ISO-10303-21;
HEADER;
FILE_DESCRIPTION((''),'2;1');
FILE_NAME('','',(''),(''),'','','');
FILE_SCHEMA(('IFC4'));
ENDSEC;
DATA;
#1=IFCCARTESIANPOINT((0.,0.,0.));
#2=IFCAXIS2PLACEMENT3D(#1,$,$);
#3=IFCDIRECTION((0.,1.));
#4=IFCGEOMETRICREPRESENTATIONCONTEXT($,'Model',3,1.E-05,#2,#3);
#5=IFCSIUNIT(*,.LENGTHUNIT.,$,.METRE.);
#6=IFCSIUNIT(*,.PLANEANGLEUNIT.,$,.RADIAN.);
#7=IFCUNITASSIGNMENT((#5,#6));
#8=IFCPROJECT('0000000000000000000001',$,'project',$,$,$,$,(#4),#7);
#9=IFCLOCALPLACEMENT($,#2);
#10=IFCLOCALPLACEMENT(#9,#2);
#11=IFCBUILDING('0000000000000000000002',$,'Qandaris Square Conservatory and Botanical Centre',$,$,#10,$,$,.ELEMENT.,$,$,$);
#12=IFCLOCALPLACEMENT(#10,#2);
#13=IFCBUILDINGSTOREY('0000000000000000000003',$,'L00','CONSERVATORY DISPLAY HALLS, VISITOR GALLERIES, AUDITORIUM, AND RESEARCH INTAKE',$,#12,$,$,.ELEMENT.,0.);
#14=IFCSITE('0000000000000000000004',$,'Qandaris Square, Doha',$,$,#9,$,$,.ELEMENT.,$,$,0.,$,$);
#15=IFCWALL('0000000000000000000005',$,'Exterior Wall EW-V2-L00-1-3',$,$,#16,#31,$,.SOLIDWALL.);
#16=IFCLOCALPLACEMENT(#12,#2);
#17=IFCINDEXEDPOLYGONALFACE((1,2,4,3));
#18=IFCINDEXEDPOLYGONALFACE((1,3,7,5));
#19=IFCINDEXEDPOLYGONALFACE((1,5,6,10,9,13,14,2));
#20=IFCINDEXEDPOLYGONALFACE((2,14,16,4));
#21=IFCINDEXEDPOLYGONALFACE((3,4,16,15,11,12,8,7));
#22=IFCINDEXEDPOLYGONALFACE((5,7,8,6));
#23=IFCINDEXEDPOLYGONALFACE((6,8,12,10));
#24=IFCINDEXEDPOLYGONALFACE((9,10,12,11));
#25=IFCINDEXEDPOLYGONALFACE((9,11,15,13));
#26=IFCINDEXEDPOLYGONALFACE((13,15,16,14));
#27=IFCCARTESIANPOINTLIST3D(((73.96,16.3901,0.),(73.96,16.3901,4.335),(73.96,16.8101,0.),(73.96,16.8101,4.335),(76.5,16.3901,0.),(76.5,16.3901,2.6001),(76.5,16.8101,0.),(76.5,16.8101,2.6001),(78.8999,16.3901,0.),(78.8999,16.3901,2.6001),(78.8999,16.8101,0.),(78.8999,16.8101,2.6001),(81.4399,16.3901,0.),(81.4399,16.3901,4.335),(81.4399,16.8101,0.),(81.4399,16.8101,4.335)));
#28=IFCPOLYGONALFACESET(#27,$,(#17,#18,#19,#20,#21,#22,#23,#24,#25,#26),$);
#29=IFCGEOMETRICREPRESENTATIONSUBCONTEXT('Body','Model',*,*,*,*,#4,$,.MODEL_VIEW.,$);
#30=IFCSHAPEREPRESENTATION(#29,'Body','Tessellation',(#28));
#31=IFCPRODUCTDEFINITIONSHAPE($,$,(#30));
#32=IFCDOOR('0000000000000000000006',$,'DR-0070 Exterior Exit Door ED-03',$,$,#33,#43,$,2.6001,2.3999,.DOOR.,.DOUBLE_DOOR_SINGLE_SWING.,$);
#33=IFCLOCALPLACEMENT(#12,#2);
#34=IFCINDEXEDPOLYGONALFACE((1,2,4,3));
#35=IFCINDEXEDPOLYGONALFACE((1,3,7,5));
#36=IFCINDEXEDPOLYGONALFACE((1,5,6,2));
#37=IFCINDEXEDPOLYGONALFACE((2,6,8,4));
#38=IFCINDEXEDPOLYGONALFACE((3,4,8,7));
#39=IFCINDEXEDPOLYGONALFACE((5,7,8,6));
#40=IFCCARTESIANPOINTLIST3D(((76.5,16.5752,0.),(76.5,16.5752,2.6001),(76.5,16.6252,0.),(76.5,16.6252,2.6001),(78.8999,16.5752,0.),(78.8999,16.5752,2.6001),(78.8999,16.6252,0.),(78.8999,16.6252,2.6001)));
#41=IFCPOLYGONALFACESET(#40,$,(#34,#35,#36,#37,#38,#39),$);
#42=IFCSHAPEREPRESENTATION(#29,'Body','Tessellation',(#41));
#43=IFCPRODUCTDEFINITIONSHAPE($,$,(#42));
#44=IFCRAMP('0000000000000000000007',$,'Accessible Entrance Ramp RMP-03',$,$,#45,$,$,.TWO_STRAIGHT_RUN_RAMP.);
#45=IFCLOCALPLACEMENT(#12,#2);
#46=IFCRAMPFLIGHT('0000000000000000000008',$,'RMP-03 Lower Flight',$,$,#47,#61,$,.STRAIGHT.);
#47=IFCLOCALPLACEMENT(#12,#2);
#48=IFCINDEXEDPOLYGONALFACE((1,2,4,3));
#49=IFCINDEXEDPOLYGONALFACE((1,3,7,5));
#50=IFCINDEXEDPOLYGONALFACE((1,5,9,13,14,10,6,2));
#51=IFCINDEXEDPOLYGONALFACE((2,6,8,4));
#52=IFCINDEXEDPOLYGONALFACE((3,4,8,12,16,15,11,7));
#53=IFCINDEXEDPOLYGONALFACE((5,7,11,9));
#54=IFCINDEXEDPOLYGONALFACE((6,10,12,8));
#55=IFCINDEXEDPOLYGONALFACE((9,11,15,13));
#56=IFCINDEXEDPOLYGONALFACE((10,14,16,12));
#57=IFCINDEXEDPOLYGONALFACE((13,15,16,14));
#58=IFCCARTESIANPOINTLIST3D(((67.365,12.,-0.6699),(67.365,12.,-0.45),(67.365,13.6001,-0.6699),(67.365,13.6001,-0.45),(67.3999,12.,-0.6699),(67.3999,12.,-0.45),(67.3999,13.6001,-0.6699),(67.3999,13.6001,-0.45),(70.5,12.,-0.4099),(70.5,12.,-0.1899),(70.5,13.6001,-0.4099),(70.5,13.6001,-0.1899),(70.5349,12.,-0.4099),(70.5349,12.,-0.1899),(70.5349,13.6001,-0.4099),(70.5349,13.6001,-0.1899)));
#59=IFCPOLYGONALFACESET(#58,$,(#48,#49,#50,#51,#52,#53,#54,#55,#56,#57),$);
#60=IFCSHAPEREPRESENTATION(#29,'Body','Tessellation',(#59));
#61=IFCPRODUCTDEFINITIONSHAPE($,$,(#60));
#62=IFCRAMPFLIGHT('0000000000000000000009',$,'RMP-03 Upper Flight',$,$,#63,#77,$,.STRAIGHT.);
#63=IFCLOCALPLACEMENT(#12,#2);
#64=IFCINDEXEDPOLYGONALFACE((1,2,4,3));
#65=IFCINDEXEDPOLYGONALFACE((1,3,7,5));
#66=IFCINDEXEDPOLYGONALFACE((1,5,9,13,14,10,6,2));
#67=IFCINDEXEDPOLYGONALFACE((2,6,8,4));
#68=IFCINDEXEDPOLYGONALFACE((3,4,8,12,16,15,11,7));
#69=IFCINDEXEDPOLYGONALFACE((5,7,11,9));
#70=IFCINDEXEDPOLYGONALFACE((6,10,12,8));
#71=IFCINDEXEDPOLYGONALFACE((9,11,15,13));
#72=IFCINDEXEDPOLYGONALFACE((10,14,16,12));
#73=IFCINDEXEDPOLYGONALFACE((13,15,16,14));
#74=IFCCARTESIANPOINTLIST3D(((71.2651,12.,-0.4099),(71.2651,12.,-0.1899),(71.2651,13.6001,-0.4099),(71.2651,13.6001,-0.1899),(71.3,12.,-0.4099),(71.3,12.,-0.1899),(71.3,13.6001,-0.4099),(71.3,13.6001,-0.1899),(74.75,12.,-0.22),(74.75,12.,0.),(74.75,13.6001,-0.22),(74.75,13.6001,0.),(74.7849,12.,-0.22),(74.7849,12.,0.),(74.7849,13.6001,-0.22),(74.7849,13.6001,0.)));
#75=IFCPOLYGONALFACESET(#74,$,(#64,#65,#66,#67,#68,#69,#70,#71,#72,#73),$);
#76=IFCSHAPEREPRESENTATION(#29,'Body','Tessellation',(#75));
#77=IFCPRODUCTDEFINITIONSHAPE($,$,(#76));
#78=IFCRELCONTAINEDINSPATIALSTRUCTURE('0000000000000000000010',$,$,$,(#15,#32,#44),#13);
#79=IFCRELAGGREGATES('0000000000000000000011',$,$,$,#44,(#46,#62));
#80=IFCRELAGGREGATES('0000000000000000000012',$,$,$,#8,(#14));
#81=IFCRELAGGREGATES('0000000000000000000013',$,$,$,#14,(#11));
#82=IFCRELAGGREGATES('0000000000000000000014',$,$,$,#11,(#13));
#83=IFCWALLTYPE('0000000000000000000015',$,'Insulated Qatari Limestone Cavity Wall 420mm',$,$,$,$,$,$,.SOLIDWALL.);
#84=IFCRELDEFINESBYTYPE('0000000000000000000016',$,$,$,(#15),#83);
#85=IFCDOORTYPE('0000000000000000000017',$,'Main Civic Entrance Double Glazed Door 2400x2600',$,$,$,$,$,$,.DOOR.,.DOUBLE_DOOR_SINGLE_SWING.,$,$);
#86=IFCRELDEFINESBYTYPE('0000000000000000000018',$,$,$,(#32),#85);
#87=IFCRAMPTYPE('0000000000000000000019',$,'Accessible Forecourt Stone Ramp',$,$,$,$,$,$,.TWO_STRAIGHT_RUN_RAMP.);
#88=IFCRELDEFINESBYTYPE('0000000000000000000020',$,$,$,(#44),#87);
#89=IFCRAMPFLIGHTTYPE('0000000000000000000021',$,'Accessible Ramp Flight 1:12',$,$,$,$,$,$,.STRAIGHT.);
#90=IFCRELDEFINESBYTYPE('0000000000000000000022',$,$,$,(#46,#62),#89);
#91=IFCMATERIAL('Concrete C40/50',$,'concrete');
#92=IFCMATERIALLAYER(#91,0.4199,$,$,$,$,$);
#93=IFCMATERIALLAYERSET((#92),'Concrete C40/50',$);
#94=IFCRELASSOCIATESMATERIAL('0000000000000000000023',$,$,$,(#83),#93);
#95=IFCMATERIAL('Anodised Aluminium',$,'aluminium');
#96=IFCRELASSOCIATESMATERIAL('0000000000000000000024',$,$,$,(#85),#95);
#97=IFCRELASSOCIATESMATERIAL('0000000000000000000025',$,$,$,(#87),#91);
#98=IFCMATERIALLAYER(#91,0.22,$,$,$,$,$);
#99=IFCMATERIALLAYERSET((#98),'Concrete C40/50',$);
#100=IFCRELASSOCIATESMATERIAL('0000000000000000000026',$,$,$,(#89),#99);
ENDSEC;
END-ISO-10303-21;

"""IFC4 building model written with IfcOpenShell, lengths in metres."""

from ifc_helpers import new_model, si_unit, direction, frame, frame_2d, origin, place, context, subcontext, project, spatial, polyline, rectangle, outline, extrude, material, layer, layer_set, type_object, element, fill, aggregate, save


model = new_model("IFC4")

# Units and contexts
model_context = context("Model", 3, precision=1e-05, world=origin(), true_north=direction((0.0, 1.0)))
body_context = subcontext(model_context, "Body", "Model", "MODEL_VIEW")
ifc_project = project(units=[si_unit("LENGTHUNIT", "METRE"), si_unit("PLANEANGLEUNIT", "RADIAN")], contexts=[model_context])

# Site, building, storey
site_placement = place(None, origin())
site = spatial("IfcSite", under=ifc_project, at=site_placement, Name="Qandaris Square, Doha", CompositionType="ELEMENT", RefElevation=0.0)
building_placement = place(site_placement, origin())
building = spatial("IfcBuilding", under=site, at=building_placement, Name="Qandaris Square Conservatory and Botanical Centre", CompositionType="ELEMENT")
storey_placement = place(building_placement, origin())
storey = spatial("IfcBuildingStorey", under=building, at=storey_placement, Name="L00", Description="CONSERVATORY DISPLAY HALLS, VISITOR GALLERIES, AUDITORIUM, AND RESEARCH INTAKE", CompositionType="ELEMENT", Elevation=0.0)

# Shared definitions
ifc_material_1 = material(Name="Concrete C40/50", Category="concrete")

# Shared definitions
ifc_layer_1 = layer(ifc_material_1, 0.4199)
ifc_layer_set_1 = layer_set([ifc_layer_1], Name="Concrete C40/50")
wall_type = type_object("IfcWallType", Name="Insulated Qatari Limestone Cavity Wall 420mm", PredefinedType="SOLIDWALL", material=ifc_layer_set_1)

# Wall, opening, door
wall_1_placement = place(storey_placement, frame((73.96, 16.6001, 0.0), z_axis=(0.0, 0.0, 1.0), x_axis=(1.0, 0.0, 0.0)))
wall_1 = element("IfcWall", 1, at=wall_1_placement, inside=storey, type_object=wall_type, Name="Exterior Wall EW-V2-L00-1-3", PredefinedType="SOLIDWALL", context=body_context, shape_type="SweptSolid", body=[
    extrude(rectangle(XDim=7.48, YDim=0.4199, at=frame_2d((3.74, 0.0))), origin(), (0.0, 0.0, 1.0), 4.335),
])
opening_placement = place(wall_1_placement, frame((2.54, 0.0, 0.0)))
opening = element("IfcOpeningElement", 2, at=opening_placement, cuts=wall_1, PredefinedType="OPENING", context=body_context, shape_type="SweptSolid", body=[
    extrude(rectangle(XDim=2.3999, YDim=2.6001, at=frame_2d((1.2, 1.3))), frame((0.0, 0.2219, 0.0), z_axis=(0.0, -1.0, 0.0), x_axis=(1.0, 0.0, 0.0)), (0.0, 0.0, 1.0), 0.4438),
])
ifc_material_2 = material(Name="Anodised Aluminium", Category="aluminium")
door_type = type_object("IfcDoorType", Name="Main Civic Entrance Double Glazed Door 2400x2600", OperationType="DOUBLE_DOOR_SINGLE_SWING", PredefinedType="DOOR", material=ifc_material_2)
door_placement = place(opening_placement, frame((2.3999, 0.0, 0.0), z_axis=(0.0, 0.0, 1.0), x_axis=(-1.0, 0.0, 0.0)))
door = element("IfcDoor", 3, at=door_placement, inside=storey, type_object=door_type, Name="DR-0070 Exterior Exit Door ED-03", OperationType="DOUBLE_DOOR_SINGLE_SWING", OverallHeight=2.6001, OverallWidth=2.3999, PredefinedType="DOOR", context=body_context, shape_type="SweptSolid", body=[
    extrude(rectangle(XDim=2.3999, YDim=2.6001, at=frame_2d((1.2, 1.3))), frame((0.0, 0.0249, 0.0), z_axis=(0.0, -1.0, 0.0), x_axis=(1.0, 0.0, 0.0)), (0.0, 0.0, 1.0), 0.05),
])
fill(opening, door)

# Ramp, ramp flights
ramp_type = type_object("IfcRampType", Name="Accessible Forecourt Stone Ramp", PredefinedType="TWO_STRAIGHT_RUN_RAMP", material=ifc_material_1)
ramp_placement = place(storey_placement, origin())
ramp = element("IfcRamp", 4, at=ramp_placement, inside=storey, type_object=ramp_type, Name="Accessible Entrance Ramp RMP-03", PredefinedType="TWO_STRAIGHT_RUN_RAMP")
ifc_layer_2 = layer(ifc_material_1, 0.22)
ifc_layer_set_2 = layer_set([ifc_layer_2], Name="Concrete C40/50")
ramp_flight_type = type_object("IfcRampFlightType", Name="Accessible Ramp Flight 1:12", PredefinedType="STRAIGHT", material=ifc_layer_set_2)
ramp_flight_1_placement = place(storey_placement, frame((67.3999, 12.8, -0.45), z_axis=(0.0, 0.0, 1.0), x_axis=(1.0, 0.0, 0.0)))
ramp_flight_1 = element("IfcRampFlight", 5, at=ramp_flight_1_placement, type_object=ramp_flight_type, Name="RMP-03 Lower Flight", PredefinedType="STRAIGHT", context=body_context, shape_type="SweptSolid", body=[
    extrude(outline(polyline([(-0.0349, 0.0), (0.0, 0.0), (3.1001, 0.26), (3.135, 0.26), (3.135, 0.04), (3.1001, 0.04), (0.0, -0.22), (-0.0349, -0.22), (-0.0349, 0.0)])), frame((0.0, 0.8, 0.0), z_axis=(0.0, -1.0, 0.0), x_axis=(1.0, 0.0, 0.0)), (0.0, 0.0, 1.0), 1.6001),
])
ramp_flight_2_placement = place(storey_placement, frame((71.3, 12.8, -0.1899), z_axis=(0.0, 0.0, 1.0), x_axis=(1.0, 0.0, 0.0)))
ramp_flight_2 = element("IfcRampFlight", 6, at=ramp_flight_2_placement, type_object=ramp_flight_type, Name="RMP-03 Upper Flight", PredefinedType="STRAIGHT", context=body_context, shape_type="SweptSolid", body=[
    extrude(outline(polyline([(-0.0349, 0.0), (0.0, 0.0), (3.45, 0.1899), (3.4849, 0.1899), (3.4849, -0.03), (3.45, -0.03), (0.0, -0.22), (-0.0349, -0.22), (-0.0349, 0.0)])), frame((0.0, 0.8, 0.0), z_axis=(0.0, -1.0, 0.0), x_axis=(1.0, 0.0, 0.0)), (0.0, 0.0, 1.0), 1.6001),
])
aggregate(ramp, [ramp_flight_1, ramp_flight_2])

save(model, "model.ifc")
